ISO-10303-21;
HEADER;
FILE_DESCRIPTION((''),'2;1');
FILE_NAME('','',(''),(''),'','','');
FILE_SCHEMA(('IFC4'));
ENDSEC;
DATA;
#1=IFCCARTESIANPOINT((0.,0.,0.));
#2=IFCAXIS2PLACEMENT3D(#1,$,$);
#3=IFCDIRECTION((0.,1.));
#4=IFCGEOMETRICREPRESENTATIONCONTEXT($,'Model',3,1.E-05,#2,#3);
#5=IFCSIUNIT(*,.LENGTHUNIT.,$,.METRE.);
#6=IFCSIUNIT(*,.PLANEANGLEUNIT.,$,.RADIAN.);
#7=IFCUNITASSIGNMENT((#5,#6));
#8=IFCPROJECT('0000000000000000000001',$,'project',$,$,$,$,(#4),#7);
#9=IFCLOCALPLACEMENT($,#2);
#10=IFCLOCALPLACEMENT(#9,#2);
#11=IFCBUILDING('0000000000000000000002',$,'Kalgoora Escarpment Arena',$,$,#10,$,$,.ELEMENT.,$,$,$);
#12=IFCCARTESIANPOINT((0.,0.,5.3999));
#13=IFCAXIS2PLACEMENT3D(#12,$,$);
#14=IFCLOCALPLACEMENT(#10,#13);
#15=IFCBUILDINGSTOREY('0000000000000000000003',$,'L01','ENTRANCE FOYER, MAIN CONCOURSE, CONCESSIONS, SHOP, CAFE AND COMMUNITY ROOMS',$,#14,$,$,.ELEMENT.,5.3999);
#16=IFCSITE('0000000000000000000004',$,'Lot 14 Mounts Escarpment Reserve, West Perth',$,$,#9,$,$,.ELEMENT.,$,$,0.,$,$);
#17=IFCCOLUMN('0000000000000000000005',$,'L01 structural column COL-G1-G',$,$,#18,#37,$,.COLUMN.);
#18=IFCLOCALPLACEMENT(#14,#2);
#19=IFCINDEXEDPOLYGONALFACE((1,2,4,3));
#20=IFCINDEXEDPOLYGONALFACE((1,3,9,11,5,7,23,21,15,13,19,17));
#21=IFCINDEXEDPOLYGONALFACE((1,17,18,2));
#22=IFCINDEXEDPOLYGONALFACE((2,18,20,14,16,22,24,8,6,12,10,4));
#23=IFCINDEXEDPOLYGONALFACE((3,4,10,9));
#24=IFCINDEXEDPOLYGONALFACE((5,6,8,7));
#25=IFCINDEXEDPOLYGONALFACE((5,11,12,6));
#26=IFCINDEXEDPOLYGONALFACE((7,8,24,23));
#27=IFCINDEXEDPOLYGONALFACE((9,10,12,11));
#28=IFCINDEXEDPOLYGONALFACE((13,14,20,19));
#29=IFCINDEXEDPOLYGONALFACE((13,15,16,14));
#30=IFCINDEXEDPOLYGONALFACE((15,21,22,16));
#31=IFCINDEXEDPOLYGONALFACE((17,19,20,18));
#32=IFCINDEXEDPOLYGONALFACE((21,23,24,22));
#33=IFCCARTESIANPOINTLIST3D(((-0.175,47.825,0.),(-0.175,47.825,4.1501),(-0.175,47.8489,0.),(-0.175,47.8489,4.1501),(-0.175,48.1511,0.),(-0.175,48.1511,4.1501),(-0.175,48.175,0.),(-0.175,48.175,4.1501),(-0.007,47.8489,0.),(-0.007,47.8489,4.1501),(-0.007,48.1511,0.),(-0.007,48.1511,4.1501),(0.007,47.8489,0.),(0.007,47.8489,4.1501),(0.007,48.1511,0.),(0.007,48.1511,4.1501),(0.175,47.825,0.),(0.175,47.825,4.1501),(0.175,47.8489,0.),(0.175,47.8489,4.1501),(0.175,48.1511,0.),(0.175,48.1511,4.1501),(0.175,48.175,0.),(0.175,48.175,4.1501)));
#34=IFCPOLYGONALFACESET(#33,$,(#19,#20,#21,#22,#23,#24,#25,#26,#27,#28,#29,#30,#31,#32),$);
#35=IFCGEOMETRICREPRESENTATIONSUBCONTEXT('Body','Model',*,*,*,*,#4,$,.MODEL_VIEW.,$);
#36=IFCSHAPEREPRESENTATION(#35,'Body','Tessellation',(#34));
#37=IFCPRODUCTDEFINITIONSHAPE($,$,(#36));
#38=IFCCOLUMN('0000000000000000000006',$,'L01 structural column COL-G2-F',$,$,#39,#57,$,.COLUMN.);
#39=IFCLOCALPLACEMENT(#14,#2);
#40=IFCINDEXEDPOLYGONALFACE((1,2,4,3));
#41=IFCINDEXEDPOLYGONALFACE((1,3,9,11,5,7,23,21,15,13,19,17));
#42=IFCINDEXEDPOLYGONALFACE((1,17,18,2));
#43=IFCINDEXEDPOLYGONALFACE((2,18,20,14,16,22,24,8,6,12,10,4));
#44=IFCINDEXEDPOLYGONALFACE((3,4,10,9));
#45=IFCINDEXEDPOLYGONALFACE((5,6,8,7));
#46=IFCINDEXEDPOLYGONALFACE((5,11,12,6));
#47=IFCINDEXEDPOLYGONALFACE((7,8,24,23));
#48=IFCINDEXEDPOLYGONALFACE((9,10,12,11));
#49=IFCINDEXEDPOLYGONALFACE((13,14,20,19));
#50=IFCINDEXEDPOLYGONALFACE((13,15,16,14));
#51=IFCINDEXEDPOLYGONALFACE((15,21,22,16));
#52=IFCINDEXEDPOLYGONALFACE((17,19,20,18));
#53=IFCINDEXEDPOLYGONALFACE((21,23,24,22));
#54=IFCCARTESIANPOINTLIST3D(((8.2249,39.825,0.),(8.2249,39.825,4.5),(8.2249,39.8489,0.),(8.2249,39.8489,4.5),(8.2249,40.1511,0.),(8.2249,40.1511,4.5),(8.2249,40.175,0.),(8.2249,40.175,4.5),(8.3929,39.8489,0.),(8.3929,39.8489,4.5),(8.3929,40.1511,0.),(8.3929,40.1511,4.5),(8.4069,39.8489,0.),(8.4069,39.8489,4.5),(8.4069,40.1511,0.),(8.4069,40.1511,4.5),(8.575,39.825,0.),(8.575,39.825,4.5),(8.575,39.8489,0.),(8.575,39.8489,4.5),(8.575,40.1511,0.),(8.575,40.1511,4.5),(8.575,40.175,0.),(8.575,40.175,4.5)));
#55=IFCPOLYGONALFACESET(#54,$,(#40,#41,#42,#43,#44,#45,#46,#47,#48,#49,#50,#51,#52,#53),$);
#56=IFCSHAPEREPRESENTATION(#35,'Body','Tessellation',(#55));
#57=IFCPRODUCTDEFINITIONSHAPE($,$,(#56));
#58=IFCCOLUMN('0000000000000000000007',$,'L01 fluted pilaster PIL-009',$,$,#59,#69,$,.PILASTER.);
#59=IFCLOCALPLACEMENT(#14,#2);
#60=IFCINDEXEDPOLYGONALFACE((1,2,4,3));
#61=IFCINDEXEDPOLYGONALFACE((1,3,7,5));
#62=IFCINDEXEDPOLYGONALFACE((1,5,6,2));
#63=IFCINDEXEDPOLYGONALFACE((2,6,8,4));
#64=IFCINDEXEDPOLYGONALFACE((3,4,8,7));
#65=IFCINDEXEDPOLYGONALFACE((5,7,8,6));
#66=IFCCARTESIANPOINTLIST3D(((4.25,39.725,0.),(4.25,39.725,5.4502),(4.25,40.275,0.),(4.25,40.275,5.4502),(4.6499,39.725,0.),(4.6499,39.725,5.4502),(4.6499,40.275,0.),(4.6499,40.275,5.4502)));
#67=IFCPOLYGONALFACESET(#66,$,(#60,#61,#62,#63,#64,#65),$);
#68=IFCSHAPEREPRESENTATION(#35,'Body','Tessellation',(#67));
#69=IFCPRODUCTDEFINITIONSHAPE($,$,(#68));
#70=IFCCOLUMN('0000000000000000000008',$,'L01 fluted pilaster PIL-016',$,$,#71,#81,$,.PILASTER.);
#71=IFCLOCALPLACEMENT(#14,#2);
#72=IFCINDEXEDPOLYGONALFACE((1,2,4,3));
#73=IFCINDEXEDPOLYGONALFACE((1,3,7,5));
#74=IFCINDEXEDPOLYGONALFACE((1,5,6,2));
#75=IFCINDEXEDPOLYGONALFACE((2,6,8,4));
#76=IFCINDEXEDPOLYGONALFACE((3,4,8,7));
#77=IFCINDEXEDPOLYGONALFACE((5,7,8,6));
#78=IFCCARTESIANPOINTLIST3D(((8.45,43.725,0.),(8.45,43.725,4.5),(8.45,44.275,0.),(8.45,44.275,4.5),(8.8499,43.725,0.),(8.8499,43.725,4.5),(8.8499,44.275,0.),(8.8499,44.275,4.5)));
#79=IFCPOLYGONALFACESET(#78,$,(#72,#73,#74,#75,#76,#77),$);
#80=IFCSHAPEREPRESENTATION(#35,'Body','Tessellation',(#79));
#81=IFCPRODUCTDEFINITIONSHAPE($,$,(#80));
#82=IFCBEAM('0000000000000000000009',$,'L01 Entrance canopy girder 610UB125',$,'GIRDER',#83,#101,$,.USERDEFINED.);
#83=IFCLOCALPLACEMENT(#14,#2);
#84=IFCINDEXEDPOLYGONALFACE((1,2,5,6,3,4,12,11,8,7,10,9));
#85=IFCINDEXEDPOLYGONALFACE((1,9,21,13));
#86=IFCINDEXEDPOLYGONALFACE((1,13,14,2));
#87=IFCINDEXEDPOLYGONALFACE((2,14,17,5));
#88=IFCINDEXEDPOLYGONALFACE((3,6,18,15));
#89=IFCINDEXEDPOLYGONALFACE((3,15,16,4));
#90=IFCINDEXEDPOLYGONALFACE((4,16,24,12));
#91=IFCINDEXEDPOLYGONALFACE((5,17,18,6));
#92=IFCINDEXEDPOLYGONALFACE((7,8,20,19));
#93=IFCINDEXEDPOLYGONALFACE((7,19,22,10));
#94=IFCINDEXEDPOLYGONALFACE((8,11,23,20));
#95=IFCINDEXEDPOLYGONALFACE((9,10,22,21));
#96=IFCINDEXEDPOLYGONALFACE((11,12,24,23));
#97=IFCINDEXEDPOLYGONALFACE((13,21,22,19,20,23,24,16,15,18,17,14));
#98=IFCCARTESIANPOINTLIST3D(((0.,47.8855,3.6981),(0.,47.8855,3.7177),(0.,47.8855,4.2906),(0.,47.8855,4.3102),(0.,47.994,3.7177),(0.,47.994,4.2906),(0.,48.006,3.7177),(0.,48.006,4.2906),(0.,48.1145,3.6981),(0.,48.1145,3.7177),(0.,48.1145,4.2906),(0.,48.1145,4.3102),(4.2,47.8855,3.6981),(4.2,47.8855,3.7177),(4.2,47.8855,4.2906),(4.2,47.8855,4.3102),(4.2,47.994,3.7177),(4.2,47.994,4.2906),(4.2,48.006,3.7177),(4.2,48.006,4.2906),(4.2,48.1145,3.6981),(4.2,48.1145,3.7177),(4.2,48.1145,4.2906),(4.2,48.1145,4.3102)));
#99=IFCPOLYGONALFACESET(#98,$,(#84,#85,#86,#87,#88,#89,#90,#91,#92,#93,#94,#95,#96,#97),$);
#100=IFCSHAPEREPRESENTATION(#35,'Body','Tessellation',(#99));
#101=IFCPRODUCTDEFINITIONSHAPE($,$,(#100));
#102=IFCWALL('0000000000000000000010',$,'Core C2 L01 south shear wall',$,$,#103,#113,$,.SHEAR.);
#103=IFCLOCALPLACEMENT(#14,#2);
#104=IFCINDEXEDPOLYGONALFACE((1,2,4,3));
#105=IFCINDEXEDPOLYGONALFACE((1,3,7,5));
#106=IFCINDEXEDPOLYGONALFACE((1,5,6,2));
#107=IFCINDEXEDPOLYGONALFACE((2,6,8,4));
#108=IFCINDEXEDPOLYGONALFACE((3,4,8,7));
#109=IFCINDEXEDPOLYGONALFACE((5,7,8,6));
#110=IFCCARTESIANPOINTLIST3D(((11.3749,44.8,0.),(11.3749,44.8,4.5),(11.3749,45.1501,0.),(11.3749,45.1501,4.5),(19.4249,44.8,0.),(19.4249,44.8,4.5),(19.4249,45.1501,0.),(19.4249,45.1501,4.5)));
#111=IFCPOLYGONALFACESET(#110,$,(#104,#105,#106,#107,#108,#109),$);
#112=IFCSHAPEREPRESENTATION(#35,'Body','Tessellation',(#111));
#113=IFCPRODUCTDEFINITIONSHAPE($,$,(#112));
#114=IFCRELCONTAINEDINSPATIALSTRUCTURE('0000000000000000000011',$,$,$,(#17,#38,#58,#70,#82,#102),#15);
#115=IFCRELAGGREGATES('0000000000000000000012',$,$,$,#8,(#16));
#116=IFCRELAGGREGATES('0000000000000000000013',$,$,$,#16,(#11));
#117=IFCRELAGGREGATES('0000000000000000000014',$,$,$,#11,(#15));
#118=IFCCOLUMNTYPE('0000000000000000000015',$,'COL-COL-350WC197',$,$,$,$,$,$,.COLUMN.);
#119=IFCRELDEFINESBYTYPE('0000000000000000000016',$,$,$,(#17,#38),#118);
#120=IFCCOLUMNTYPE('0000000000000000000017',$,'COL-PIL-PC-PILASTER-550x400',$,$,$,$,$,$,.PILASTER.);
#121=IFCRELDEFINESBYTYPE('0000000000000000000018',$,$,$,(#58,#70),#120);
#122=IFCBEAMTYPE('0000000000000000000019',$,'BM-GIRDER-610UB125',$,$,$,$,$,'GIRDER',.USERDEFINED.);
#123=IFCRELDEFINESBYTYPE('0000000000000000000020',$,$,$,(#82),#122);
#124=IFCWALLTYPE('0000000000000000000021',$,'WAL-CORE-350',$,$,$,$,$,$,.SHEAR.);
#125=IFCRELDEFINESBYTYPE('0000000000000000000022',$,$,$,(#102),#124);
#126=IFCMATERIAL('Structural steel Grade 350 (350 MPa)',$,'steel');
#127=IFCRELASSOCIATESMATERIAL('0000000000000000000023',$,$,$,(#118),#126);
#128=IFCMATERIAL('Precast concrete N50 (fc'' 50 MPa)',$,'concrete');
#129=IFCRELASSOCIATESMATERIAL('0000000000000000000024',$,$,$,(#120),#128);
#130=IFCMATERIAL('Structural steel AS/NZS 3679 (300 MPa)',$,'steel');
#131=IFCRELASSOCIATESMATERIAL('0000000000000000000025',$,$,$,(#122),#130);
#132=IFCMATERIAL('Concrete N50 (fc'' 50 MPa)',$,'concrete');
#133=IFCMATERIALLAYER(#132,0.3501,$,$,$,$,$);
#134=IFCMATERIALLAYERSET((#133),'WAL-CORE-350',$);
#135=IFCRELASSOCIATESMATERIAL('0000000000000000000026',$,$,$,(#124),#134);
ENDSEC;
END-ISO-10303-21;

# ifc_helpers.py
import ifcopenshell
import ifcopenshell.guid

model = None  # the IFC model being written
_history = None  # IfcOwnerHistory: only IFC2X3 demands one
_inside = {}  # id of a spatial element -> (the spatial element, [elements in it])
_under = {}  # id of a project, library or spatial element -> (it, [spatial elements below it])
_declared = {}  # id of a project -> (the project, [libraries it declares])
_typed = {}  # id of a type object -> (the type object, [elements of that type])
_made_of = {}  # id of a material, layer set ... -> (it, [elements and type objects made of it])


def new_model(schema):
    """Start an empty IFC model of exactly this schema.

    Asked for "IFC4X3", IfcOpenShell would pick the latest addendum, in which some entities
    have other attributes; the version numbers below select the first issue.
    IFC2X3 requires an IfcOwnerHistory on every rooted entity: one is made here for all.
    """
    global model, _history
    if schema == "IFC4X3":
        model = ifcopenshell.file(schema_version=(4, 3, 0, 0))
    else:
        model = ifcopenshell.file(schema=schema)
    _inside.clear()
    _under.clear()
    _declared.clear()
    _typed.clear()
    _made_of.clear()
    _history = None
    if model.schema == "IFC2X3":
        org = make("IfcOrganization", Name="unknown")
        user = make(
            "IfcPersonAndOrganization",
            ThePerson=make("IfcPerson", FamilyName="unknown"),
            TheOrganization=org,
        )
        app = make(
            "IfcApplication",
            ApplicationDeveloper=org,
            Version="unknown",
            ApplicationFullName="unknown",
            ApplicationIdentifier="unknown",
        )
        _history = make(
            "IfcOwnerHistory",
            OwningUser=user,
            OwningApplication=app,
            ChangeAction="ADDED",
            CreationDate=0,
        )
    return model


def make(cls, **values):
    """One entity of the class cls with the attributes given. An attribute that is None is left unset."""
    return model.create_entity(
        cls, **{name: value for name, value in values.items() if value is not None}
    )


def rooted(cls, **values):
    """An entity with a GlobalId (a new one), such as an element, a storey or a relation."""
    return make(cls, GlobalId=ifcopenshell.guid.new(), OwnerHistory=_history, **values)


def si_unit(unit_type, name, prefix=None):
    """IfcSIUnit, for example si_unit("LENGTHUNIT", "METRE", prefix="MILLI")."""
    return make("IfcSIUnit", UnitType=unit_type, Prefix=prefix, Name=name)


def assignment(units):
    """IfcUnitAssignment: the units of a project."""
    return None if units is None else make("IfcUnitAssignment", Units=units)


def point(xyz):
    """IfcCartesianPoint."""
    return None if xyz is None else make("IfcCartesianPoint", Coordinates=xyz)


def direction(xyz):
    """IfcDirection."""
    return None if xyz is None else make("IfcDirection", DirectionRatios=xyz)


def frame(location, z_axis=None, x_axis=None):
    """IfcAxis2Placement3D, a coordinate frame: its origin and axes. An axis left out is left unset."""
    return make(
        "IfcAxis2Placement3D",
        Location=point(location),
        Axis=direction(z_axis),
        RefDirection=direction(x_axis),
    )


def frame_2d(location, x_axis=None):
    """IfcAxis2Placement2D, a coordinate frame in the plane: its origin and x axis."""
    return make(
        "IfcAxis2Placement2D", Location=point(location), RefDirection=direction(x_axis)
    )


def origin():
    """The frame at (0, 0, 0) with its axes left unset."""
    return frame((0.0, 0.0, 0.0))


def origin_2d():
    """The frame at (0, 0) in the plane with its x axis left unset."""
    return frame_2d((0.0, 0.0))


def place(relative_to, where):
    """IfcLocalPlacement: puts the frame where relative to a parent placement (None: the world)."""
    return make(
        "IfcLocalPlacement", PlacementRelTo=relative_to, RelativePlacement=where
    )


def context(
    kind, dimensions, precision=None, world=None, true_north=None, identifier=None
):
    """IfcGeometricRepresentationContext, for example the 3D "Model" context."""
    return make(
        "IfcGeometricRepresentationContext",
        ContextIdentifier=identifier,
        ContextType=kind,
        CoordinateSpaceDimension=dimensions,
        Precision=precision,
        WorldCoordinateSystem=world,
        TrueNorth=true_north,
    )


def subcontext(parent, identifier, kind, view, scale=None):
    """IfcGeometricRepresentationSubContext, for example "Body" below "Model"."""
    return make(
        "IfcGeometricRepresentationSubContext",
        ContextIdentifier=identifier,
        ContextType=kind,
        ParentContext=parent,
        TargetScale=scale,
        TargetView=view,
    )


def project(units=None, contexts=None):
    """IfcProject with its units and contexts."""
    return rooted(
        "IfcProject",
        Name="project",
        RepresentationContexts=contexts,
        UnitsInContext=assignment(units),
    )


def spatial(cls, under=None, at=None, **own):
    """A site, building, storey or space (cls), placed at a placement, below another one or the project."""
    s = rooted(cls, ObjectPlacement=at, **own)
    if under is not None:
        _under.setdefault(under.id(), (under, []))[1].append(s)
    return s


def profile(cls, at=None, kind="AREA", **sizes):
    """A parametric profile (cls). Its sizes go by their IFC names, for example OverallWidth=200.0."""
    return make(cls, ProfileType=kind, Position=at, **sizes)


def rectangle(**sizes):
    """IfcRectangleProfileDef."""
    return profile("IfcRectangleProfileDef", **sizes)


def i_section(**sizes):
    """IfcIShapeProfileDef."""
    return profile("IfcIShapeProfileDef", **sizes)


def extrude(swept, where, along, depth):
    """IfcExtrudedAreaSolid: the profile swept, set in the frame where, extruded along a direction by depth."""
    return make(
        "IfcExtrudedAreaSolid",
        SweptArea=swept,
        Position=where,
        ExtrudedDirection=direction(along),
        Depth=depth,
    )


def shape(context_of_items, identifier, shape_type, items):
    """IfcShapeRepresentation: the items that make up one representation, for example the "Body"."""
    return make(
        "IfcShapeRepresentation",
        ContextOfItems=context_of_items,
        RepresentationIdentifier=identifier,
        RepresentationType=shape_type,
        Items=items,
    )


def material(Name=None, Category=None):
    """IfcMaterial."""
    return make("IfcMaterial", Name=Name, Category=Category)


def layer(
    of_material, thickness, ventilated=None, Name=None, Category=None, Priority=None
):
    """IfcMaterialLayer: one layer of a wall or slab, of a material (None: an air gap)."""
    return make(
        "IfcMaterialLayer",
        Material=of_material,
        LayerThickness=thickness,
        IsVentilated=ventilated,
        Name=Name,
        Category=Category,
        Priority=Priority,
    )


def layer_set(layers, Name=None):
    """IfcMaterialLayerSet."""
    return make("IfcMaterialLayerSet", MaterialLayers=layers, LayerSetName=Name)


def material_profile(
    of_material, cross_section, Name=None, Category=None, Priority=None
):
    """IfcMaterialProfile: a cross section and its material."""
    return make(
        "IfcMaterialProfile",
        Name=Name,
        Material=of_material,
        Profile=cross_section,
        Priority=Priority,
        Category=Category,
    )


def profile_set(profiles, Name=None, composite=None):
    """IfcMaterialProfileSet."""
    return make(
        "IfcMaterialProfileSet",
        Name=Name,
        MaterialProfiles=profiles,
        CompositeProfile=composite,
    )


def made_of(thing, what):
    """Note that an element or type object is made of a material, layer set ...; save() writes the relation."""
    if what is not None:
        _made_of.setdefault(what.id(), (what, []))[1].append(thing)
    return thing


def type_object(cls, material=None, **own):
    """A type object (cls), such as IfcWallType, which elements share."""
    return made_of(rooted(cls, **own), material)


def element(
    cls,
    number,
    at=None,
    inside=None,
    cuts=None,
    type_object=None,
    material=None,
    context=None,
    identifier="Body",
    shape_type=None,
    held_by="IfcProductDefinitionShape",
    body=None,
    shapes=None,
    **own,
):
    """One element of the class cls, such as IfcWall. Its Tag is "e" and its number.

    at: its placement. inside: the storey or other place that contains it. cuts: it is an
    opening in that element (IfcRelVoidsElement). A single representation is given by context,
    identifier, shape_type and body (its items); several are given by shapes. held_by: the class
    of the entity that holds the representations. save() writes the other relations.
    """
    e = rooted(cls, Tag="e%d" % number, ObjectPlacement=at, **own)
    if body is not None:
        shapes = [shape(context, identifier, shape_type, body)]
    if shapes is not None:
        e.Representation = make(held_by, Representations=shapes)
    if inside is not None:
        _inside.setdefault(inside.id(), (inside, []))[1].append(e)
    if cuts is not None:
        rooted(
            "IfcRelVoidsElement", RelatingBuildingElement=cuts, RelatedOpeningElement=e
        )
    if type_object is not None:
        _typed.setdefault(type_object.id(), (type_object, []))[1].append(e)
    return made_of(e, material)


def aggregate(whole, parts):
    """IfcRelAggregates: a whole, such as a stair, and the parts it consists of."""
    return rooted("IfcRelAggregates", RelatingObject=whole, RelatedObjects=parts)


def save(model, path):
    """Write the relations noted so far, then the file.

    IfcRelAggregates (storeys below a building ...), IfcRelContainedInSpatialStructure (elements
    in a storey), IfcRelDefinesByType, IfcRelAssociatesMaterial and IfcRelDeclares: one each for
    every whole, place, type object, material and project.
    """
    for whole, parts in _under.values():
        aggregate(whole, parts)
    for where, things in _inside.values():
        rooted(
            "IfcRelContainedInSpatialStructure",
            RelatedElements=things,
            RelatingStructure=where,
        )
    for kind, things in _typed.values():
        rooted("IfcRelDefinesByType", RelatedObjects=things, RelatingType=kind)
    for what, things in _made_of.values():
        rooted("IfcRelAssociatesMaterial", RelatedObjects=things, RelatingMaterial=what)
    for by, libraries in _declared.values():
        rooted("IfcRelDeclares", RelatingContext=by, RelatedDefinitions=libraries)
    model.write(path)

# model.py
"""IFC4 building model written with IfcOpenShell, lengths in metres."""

from ifc_helpers import new_model, si_unit, direction, frame, frame_2d, origin, origin_2d, place, context, subcontext, project, spatial, rectangle, i_section, extrude, material, layer, layer_set, material_profile, profile_set, type_object, element, save


model = new_model("IFC4")

# Units and contexts
model_context = context("Model", 3, precision=1e-05, world=origin(), true_north=direction((0.0, 1.0)))
body_context = subcontext(model_context, "Body", "Model", "MODEL_VIEW")
ifc_project = project(units=[si_unit("LENGTHUNIT", "METRE"), si_unit("PLANEANGLEUNIT", "RADIAN")], contexts=[model_context])

# Site, building, storey
site_placement = place(None, origin())
site = spatial("IfcSite", under=ifc_project, at=site_placement, Name="Lot 14 Mounts Escarpment Reserve, West Perth", CompositionType="ELEMENT", RefElevation=0.0)
building_placement = place(site_placement, origin())
building = spatial("IfcBuilding", under=site, at=building_placement, Name="Kalgoora Escarpment Arena", CompositionType="ELEMENT")
storey_placement = place(building_placement, frame((0.0, 0.0, 5.3999)))
storey = spatial("IfcBuildingStorey", under=building, at=storey_placement, Name="L01", Description="ENTRANCE FOYER, MAIN CONCOURSE, CONCESSIONS, SHOP, CAFE AND COMMUNITY ROOMS", CompositionType="ELEMENT", Elevation=5.3999)

# Columns
ifc_material_1 = material(Name="Structural steel Grade 350 (350 MPa)", Category="steel")
ifc_material_profile_1 = material_profile(ifc_material_1, i_section(OverallWidth=0.3501, OverallDepth=0.3501, WebThickness=0.0139, FlangeThickness=0.0239, at=origin_2d()))
ifc_profile_set_1 = profile_set([ifc_material_profile_1], Name="Structural steel Grade 350 (350 MPa)")
column_type_1 = type_object("IfcColumnType", Name="COL-COL-350WC197", PredefinedType="COLUMN", material=ifc_profile_set_1)
column_1_placement = place(storey_placement, frame((0.0, 48.0, 0.0), z_axis=(0.0, 0.0, 1.0), x_axis=(1.0, 0.0, 0.0)))
element("IfcColumn", 1, at=column_1_placement, inside=storey, type_object=column_type_1, Name="L01 structural column COL-G1-G", PredefinedType="COLUMN", context=body_context, shape_type="SweptSolid", body=[
    extrude(i_section(OverallWidth=0.3501, OverallDepth=0.3501, WebThickness=0.0139, FlangeThickness=0.0239, at=origin_2d()), origin(), (0.0, 0.0, 1.0), 4.1501),
])
column_2_placement = place(storey_placement, frame((8.3999, 40.0, 0.0), z_axis=(0.0, 0.0, 1.0), x_axis=(1.0, 0.0, 0.0)))
element("IfcColumn", 2, at=column_2_placement, inside=storey, type_object=column_type_1, Name="L01 structural column COL-G2-F", PredefinedType="COLUMN", context=body_context, shape_type="SweptSolid", body=[
    extrude(i_section(OverallWidth=0.3501, OverallDepth=0.3501, WebThickness=0.0139, FlangeThickness=0.0239, at=origin_2d()), origin(), (0.0, 0.0, 1.0), 4.5),
])
ifc_material_2 = material(Name="Precast concrete N50 (fc' 50 MPa)", Category="concrete")
ifc_material_profile_2 = material_profile(ifc_material_2, rectangle(XDim=0.3999, YDim=0.55, at=origin_2d()))
ifc_profile_set_2 = profile_set([ifc_material_profile_2], Name="Precast concrete N50 (fc' 50 MPa)")
column_type_2 = type_object("IfcColumnType", Name="COL-PIL-PC-PILASTER-550x400", PredefinedType="PILASTER", material=ifc_profile_set_2)
column_3_placement = place(storey_placement, frame((4.45, 40.0, 0.0), z_axis=(0.0, 0.0, 1.0), x_axis=(1.0, 0.0, 0.0)))
element("IfcColumn", 3, at=column_3_placement, inside=storey, type_object=column_type_2, Name="L01 fluted pilaster PIL-009", PredefinedType="PILASTER", context=body_context, shape_type="SweptSolid", body=[
    extrude(rectangle(XDim=0.3999, YDim=0.55, at=origin_2d()), origin(), (0.0, 0.0, 1.0), 5.4502),
])
column_4_placement = place(storey_placement, frame((8.6499, 44.0, 0.0), z_axis=(0.0, 0.0, 1.0), x_axis=(1.0, 0.0, 0.0)))
element("IfcColumn", 4, at=column_4_placement, inside=storey, type_object=column_type_2, Name="L01 fluted pilaster PIL-016", PredefinedType="PILASTER", context=body_context, shape_type="SweptSolid", body=[
    extrude(rectangle(XDim=0.3999, YDim=0.55, at=origin_2d()), origin(), (0.0, 0.0, 1.0), 4.5),
])

# Beam
ifc_material_3 = material(Name="Structural steel AS/NZS 3679 (300 MPa)", Category="steel")
ifc_material_profile_3 = material_profile(ifc_material_3, i_section(OverallWidth=0.229, OverallDepth=0.6121, WebThickness=0.012, FlangeThickness=0.0195, at=origin_2d()))
ifc_profile_set_3 = profile_set([ifc_material_profile_3], Name="Structural steel AS/NZS 3679 (300 MPa)")
beam_type = type_object("IfcBeamType", Name="BM-GIRDER-610UB125", ElementType="GIRDER", PredefinedType="USERDEFINED", material=ifc_profile_set_3)
beam_placement = place(storey_placement, frame((0.0, 48.0, 4.0042), z_axis=(1.0, 0.0, 0.0), x_axis=(0.0, 1.0, 0.0)))
element("IfcBeam", 5, at=beam_placement, inside=storey, type_object=beam_type, Name="L01 Entrance canopy girder 610UB125", ObjectType="GIRDER", PredefinedType="USERDEFINED", context=body_context, shape_type="SweptSolid", body=[
    extrude(i_section(OverallWidth=0.229, OverallDepth=0.6121, WebThickness=0.012, FlangeThickness=0.0195, at=origin_2d()), origin(), (0.0, 0.0, 1.0), 4.2),
])

# Wall
ifc_material_4 = material(Name="Concrete N50 (fc' 50 MPa)", Category="concrete")
ifc_layer_1 = layer(ifc_material_4, 0.3501)
ifc_layer_set_1 = layer_set([ifc_layer_1], Name="WAL-CORE-350")
wall_type_1 = type_object("IfcWallType", Name="WAL-CORE-350", PredefinedType="SHEAR", material=ifc_layer_set_1)
wall_1_placement = place(storey_placement, frame((11.375, 44.9751, 0.0), z_axis=(0.0, 0.0, 1.0), x_axis=(1.0, 0.0, 0.0)))
element("IfcWall", 6, at=wall_1_placement, inside=storey, type_object=wall_type_1, Name="Core C2 L01 south shear wall", PredefinedType="SHEAR", context=body_context, shape_type="SweptSolid", body=[
    extrude(rectangle(XDim=8.05, YDim=0.3501, at=frame_2d((4.0249, 0.0))), origin(), (0.0, 0.0, 1.0), 4.5),
])

save(model, "model.ifc")
